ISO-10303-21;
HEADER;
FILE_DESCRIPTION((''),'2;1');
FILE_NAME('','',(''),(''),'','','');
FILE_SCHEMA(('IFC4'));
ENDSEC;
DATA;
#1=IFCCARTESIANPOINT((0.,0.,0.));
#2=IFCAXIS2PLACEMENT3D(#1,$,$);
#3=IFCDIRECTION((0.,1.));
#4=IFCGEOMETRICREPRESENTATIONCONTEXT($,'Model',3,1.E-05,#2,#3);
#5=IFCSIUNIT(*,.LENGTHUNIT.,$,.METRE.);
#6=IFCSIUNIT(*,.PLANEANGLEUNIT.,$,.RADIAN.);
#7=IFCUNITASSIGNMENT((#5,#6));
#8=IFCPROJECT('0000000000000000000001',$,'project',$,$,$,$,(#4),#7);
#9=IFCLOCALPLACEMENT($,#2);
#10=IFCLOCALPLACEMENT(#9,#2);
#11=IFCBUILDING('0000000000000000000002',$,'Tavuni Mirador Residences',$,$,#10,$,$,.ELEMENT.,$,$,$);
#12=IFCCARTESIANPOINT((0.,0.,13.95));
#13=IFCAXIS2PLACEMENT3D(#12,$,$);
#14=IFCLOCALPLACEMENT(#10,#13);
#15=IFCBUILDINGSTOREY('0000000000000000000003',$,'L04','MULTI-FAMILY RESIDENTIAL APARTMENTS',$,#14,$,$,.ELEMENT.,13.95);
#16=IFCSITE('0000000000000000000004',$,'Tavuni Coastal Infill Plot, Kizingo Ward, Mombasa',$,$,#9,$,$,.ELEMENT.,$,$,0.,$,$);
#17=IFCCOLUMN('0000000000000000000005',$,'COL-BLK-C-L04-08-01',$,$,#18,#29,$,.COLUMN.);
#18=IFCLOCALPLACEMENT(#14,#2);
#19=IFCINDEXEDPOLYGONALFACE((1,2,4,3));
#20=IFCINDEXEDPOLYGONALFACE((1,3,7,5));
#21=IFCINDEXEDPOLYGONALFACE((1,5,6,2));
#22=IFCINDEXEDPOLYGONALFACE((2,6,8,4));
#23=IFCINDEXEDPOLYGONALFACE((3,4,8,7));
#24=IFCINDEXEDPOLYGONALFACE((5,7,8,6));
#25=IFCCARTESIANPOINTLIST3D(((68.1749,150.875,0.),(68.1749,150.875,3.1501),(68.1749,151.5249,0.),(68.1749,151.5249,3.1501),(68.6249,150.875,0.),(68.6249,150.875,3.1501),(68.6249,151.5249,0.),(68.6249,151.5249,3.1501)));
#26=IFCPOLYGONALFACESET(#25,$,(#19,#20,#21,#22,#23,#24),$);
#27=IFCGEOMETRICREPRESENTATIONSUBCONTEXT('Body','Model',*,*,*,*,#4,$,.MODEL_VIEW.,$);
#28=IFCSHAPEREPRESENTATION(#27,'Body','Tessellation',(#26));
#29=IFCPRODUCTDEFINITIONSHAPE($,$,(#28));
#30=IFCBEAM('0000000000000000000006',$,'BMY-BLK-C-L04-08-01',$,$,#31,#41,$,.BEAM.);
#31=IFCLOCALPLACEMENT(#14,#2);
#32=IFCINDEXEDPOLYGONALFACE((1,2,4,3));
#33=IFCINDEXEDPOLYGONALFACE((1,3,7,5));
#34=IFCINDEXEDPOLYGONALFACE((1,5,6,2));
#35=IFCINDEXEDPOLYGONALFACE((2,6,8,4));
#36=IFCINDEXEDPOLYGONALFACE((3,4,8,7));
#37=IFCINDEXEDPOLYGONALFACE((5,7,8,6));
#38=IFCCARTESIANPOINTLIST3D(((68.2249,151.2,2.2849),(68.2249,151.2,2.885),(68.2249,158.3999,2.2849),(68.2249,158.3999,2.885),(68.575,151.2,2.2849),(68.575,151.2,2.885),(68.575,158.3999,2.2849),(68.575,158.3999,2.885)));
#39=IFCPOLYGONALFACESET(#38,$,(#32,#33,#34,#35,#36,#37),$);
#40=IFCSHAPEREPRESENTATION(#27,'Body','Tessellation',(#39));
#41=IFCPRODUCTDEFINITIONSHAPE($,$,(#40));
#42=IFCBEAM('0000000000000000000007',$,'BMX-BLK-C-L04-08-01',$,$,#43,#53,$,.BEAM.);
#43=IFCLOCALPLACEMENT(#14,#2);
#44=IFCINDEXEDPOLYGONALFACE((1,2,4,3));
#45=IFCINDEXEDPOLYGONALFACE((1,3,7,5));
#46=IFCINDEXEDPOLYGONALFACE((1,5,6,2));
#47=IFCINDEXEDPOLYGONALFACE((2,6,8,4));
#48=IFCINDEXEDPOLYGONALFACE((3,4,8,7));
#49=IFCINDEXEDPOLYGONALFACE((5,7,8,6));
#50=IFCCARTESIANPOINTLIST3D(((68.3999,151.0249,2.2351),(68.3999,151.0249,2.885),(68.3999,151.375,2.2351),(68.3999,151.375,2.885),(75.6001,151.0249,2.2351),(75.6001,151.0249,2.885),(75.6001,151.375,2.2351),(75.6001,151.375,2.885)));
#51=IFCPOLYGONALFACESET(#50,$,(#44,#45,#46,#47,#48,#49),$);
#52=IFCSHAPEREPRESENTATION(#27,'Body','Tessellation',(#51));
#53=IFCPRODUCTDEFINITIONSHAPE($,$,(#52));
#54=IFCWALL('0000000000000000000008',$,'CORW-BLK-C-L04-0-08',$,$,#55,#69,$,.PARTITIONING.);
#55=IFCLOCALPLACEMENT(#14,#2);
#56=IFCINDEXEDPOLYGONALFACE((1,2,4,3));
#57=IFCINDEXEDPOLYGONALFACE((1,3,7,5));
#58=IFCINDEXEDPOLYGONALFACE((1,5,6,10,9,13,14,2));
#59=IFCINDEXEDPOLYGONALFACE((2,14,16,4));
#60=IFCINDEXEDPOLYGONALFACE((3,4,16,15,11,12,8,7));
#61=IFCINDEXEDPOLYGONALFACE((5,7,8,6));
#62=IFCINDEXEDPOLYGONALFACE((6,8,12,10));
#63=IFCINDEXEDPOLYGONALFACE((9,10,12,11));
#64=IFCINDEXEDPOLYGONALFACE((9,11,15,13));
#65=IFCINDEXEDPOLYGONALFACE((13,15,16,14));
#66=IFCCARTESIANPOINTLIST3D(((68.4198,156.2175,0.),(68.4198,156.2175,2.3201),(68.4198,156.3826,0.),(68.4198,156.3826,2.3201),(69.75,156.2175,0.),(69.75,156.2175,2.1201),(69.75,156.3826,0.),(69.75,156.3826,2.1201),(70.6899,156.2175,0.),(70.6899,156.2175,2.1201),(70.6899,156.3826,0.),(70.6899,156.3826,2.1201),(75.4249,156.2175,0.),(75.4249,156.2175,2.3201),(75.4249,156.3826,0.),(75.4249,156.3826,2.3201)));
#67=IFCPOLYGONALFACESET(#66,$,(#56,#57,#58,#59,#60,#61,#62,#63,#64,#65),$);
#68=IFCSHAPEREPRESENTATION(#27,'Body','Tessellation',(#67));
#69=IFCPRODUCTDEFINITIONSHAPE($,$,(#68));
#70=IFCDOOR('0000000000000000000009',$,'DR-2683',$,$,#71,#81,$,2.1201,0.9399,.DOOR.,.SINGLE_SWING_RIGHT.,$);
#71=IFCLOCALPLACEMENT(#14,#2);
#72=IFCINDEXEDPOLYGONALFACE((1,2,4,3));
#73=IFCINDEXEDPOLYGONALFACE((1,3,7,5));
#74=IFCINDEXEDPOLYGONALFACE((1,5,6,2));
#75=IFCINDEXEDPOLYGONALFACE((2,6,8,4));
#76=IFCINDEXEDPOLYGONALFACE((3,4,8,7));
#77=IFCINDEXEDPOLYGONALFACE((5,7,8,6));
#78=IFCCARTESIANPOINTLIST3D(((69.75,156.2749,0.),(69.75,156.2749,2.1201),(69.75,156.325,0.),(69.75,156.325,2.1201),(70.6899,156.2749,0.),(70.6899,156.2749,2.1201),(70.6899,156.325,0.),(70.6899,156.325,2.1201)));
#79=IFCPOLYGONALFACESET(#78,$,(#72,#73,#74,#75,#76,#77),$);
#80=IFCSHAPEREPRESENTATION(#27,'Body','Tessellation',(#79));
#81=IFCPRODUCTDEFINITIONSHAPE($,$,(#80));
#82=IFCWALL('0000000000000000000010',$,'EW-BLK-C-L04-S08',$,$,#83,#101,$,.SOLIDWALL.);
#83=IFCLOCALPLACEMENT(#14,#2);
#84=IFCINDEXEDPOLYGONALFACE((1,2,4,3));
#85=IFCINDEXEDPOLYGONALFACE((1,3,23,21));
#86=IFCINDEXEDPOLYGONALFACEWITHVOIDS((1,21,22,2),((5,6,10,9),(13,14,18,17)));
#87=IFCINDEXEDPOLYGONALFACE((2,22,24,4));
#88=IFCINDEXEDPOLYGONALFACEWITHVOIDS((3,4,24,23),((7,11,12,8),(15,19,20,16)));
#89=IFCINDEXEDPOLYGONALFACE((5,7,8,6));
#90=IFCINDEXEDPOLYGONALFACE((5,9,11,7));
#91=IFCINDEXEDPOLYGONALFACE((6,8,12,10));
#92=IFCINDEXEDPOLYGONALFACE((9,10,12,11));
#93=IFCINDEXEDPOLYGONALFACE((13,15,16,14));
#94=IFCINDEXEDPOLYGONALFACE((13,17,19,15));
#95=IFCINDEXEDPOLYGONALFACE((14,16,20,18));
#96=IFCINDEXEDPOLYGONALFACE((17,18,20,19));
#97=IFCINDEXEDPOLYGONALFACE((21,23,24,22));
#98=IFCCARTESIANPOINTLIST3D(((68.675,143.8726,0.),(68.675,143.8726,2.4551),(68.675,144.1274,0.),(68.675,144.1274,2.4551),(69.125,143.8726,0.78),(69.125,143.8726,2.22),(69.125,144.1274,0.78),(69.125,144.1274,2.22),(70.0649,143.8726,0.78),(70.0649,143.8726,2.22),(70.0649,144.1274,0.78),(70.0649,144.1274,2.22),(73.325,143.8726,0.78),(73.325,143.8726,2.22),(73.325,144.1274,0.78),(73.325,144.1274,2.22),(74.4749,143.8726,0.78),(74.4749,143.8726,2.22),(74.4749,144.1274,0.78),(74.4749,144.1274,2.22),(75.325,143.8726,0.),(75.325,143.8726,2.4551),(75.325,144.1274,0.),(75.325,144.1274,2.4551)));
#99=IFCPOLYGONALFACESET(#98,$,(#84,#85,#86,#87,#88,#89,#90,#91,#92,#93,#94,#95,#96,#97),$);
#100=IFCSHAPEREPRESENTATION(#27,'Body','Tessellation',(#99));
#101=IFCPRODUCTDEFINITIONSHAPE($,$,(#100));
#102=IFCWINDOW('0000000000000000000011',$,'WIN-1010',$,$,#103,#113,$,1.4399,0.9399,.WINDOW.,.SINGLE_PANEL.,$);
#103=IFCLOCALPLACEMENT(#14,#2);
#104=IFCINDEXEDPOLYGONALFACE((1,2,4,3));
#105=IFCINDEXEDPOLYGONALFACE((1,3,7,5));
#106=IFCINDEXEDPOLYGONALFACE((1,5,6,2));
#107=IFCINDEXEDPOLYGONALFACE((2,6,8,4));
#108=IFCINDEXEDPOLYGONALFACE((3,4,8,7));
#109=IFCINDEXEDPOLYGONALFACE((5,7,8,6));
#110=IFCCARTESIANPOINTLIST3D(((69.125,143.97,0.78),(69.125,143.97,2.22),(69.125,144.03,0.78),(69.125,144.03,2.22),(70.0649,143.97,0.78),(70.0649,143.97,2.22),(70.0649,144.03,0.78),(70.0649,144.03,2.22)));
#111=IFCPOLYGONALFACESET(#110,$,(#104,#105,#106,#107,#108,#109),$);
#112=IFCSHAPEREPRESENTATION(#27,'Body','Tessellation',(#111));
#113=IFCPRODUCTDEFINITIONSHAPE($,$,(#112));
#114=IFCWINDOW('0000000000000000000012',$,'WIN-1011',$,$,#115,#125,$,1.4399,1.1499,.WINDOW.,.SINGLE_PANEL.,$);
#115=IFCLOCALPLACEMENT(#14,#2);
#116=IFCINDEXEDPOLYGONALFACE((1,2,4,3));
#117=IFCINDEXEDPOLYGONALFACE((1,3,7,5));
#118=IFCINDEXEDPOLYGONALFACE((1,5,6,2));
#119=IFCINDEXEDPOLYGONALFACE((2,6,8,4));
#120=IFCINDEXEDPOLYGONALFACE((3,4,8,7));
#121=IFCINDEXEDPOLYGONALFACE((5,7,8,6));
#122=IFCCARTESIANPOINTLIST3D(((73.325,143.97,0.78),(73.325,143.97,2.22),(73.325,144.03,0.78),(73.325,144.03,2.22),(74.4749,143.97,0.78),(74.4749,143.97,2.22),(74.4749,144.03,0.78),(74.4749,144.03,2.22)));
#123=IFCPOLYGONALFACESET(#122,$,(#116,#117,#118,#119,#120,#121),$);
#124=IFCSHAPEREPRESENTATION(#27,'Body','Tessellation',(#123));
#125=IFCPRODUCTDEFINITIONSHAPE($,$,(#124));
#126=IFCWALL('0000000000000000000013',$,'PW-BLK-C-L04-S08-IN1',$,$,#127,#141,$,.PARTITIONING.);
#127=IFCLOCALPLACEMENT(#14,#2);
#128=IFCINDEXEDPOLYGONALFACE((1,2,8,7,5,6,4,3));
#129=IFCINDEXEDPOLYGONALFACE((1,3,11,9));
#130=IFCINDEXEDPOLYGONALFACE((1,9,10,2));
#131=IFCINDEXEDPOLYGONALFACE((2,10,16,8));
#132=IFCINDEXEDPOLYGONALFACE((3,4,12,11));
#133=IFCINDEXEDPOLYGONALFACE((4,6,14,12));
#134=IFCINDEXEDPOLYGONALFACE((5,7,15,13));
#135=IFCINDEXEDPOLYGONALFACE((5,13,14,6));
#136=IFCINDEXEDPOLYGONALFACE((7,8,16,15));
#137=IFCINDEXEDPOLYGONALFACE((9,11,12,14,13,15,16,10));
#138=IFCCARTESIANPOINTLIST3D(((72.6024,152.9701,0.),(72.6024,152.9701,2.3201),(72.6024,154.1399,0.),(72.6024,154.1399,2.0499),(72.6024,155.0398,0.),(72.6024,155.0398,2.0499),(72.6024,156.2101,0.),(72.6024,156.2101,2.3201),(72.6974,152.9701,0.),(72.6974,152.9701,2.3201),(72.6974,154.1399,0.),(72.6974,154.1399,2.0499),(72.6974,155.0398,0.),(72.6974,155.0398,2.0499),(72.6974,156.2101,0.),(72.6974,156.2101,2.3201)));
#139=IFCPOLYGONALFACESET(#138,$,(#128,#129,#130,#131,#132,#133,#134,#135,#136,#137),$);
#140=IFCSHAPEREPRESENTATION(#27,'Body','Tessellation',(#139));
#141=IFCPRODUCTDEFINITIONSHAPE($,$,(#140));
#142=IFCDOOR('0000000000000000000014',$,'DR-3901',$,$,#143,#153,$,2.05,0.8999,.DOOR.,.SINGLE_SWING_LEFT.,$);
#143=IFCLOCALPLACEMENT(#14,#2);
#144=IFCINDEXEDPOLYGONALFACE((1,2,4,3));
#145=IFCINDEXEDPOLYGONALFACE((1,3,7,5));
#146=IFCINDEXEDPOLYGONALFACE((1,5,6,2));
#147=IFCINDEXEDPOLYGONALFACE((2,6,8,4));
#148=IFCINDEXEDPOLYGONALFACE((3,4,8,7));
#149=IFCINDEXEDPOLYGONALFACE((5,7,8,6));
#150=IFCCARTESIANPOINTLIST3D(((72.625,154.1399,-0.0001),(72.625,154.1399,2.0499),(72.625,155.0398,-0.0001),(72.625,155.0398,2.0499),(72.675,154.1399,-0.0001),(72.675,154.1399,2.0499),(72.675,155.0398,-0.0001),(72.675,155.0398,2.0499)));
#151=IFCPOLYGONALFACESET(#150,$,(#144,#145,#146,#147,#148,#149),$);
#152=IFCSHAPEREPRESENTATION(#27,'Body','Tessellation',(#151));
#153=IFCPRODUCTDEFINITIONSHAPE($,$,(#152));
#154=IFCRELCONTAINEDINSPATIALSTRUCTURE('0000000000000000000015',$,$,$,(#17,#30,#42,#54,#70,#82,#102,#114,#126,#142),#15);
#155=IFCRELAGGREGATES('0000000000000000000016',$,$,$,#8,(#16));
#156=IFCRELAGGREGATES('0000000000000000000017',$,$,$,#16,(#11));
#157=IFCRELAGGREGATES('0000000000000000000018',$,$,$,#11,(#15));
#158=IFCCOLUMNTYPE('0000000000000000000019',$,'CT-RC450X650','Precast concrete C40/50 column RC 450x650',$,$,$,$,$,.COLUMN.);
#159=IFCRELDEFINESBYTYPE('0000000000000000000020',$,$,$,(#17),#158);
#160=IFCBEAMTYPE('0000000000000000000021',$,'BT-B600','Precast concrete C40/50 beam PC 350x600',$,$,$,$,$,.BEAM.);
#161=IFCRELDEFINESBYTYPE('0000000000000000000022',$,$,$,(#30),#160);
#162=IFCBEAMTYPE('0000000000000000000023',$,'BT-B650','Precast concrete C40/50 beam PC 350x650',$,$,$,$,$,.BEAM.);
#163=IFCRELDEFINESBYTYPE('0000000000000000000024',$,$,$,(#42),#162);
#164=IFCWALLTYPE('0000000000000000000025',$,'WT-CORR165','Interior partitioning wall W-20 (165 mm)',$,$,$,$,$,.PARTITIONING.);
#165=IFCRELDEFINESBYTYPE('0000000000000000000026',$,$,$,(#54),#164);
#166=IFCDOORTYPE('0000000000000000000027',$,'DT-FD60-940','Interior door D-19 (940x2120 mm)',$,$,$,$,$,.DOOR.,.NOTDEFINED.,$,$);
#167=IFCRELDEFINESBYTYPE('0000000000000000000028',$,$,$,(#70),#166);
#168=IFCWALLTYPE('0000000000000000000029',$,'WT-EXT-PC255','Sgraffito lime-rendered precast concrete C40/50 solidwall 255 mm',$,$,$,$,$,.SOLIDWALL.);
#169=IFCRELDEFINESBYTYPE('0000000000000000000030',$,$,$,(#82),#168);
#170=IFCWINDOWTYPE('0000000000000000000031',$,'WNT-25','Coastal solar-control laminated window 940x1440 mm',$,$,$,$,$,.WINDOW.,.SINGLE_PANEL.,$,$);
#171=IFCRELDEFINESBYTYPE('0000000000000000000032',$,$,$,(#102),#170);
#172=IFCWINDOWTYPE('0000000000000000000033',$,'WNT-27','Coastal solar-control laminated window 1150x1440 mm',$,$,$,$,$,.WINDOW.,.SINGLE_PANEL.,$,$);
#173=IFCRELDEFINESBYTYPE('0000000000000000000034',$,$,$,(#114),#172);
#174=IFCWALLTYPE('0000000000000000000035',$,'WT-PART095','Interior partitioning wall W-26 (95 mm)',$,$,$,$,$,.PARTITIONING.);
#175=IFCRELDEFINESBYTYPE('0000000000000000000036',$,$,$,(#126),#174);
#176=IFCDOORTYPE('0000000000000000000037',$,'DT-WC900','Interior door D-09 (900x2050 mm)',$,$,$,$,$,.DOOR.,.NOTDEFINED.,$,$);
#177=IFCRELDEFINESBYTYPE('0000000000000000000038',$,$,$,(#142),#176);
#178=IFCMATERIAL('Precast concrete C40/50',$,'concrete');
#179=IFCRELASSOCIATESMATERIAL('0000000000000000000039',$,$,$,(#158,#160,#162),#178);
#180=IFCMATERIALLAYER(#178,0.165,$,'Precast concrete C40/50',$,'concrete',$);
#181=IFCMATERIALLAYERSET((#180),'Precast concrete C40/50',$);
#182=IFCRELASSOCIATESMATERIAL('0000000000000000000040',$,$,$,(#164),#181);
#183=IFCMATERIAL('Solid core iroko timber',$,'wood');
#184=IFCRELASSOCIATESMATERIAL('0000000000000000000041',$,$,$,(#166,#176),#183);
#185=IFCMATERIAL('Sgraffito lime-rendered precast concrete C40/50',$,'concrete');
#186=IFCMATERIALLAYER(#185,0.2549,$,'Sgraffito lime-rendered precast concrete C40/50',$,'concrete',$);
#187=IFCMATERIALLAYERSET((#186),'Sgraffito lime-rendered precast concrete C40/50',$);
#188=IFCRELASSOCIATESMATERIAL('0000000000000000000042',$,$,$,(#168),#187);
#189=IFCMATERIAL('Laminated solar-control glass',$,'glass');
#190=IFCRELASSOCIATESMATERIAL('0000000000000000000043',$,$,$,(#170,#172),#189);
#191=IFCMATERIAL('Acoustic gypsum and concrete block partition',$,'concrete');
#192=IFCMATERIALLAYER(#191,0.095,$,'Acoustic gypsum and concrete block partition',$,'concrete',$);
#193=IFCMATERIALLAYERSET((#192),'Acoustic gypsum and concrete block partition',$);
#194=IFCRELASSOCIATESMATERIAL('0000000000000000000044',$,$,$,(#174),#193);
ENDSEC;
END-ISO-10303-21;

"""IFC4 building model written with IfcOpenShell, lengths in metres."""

from ifc_helpers import new_model, si_unit, direction, frame, frame_2d, origin, origin_2d, place, context, subcontext, project, spatial, rectangle, extrude, material, layer, layer_set, material_profile, profile_set, type_object, element, fill, save


model = new_model("IFC4")

# Units and contexts
model_context = context("Model", 3, precision=1e-05, world=origin(), true_north=direction((0.0, 1.0)))
body_context = subcontext(model_context, "Body", "Model", "MODEL_VIEW")
ifc_project = project(units=[si_unit("LENGTHUNIT", "METRE"), si_unit("PLANEANGLEUNIT", "RADIAN")], contexts=[model_context])

# Site, building, storey
site_placement = place(None, origin())
site = spatial("IfcSite", under=ifc_project, at=site_placement, Name="Tavuni Coastal Infill Plot, Kizingo Ward, Mombasa", CompositionType="ELEMENT", RefElevation=0.0)
building_placement = place(site_placement, origin())
building = spatial("IfcBuilding", under=site, at=building_placement, Name="Tavuni Mirador Residences", CompositionType="ELEMENT")
storey_placement = place(building_placement, frame((0.0, 0.0, 13.95)))
storey = spatial("IfcBuildingStorey", under=building, at=storey_placement, Name="L04", Description="MULTI-FAMILY RESIDENTIAL APARTMENTS", CompositionType="ELEMENT", Elevation=13.95)

# Column
ifc_material_1 = material(Name="Precast concrete C40/50", Category="concrete")
ifc_material_profile_1 = material_profile(ifc_material_1, rectangle(XDim=0.45, YDim=0.6499, at=origin_2d()), Name="RC 450x650", Category="concrete")
ifc_profile_set_1 = profile_set([ifc_material_profile_1], Name="Precast concrete C40/50")
column_type = type_object("IfcColumnType", Name="CT-RC450X650", Description="Precast concrete C40/50 column RC 450x650", PredefinedType="COLUMN", material=ifc_profile_set_1)
column_placement = place(storey_placement, frame((68.3999, 151.2, 0.0), z_axis=(0.0, 0.0, 1.0), x_axis=(1.0, 0.0, 0.0)))
element("IfcColumn", 1, at=column_placement, inside=storey, type_object=column_type, Name="COL-BLK-C-L04-08-01", PredefinedType="COLUMN", context=body_context, shape_type="SweptSolid", body=[
    extrude(rectangle(XDim=0.45, YDim=0.6499, at=origin_2d()), origin(), (0.0, 0.0, 1.0), 3.1501),
])

# Beams
ifc_material_profile_2 = material_profile(ifc_material_1, rectangle(XDim=0.3501, YDim=0.6001, at=origin_2d()), Name="PC 350x600", Category="concrete")
ifc_profile_set_2 = profile_set([ifc_material_profile_2], Name="Precast concrete C40/50")
beam_type_1 = type_object("IfcBeamType", Name="BT-B600", Description="Precast concrete C40/50 beam PC 350x600", PredefinedType="BEAM", material=ifc_profile_set_2)
beam_1_placement = place(storey_placement, frame((68.3999, 151.2, 2.585), z_axis=(0.0, 1.0, 0.0), x_axis=(-1.0, 0.0, 0.0)))
element("IfcBeam", 2, at=beam_1_placement, inside=storey, type_object=beam_type_1, Name="BMY-BLK-C-L04-08-01", PredefinedType="BEAM", context=body_context, shape_type="SweptSolid", body=[
    extrude(rectangle(XDim=0.3501, YDim=0.6001, at=origin_2d()), origin(), (0.0, 0.0, 1.0), 7.2),
])
ifc_material_profile_3 = material_profile(ifc_material_1, rectangle(XDim=0.3501, YDim=0.6499, at=origin_2d()), Name="PC 350x650", Category="concrete")
ifc_profile_set_3 = profile_set([ifc_material_profile_3], Name="Precast concrete C40/50")
beam_type_2 = type_object("IfcBeamType", Name="BT-B650", Description="Precast concrete C40/50 beam PC 350x650", PredefinedType="BEAM", material=ifc_profile_set_3)
beam_2_placement = place(storey_placement, frame((68.3999, 151.2, 2.5601), z_axis=(1.0, 0.0, 0.0), x_axis=(0.0, 1.0, 0.0)))
element("IfcBeam", 3, at=beam_2_placement, inside=storey, type_object=beam_type_2, Name="BMX-BLK-C-L04-08-01", PredefinedType="BEAM", context=body_context, shape_type="SweptSolid", body=[
    extrude(rectangle(XDim=0.3501, YDim=0.6499, at=origin_2d()), origin(), (0.0, 0.0, 1.0), 7.2002),
])

# Wall, opening, door
ifc_layer_1 = layer(ifc_material_1, 0.165, Name="Precast concrete C40/50", Category="concrete")
ifc_layer_set_1 = layer_set([ifc_layer_1], Name="Precast concrete C40/50")
wall_type_1 = type_object("IfcWallType", Name="WT-CORR165", Description="Interior partitioning wall W-20 (165 mm)", PredefinedType="PARTITIONING", material=ifc_layer_set_1)
wall_1_placement = place(storey_placement, frame((68.4199, 156.3, 0.0), z_axis=(0.0, 0.0, 1.0), x_axis=(1.0, 0.0, 0.0)))
wall_1 = element("IfcWall", 4, at=wall_1_placement, inside=storey, type_object=wall_type_1, Name="CORW-BLK-C-L04-0-08", PredefinedType="PARTITIONING", context=body_context, shape_type="SweptSolid", body=[
    extrude(rectangle(XDim=7.0051, YDim=0.165, at=frame_2d((3.5024, 0.0))), origin(), (0.0, 0.0, 1.0), 2.3201),
])
opening_1_placement = place(wall_1_placement, frame((1.3301, 0.0, 0.0)))
opening_1 = element("IfcOpeningElement", 5, at=opening_1_placement, cuts=wall_1, PredefinedType="OPENING", context=body_context, shape_type="SweptSolid", body=[
    extrude(rectangle(XDim=0.9399, YDim=2.1201, at=frame_2d((0.47, 1.0601))), frame((0.0, 0.0925, 0.0), z_axis=(0.0, -1.0, 0.0), x_axis=(1.0, 0.0, 0.0)), (0.0, 0.0, 1.0), 0.1851),
])
ifc_material_2 = material(Name="Solid core iroko timber", Category="wood")
door_type_1 = type_object("IfcDoorType", Name="DT-FD60-940", Description="Interior door D-19 (940x2120 mm)", OperationType="NOTDEFINED", PredefinedType="DOOR", material=ifc_material_2)
door_1_placement = place(opening_1_placement, origin())
door_1 = element("IfcDoor", 6, at=door_1_placement, inside=storey, type_object=door_type_1, Name="DR-2683", OperationType="SINGLE_SWING_RIGHT", OverallHeight=2.1201, OverallWidth=0.9399, PredefinedType="DOOR", context=body_context, shape_type="SweptSolid", body=[
    extrude(rectangle(XDim=0.9399, YDim=2.1201, at=frame_2d((0.47, 1.0601))), frame((0.0, 0.0249, 0.0), z_axis=(0.0, -1.0, 0.0), x_axis=(1.0, 0.0, 0.0)), (0.0, 0.0, 1.0), 0.05),
])
fill(opening_1, door_1)

# Wall, openings, windows
ifc_material_3 = material(Name="Sgraffito lime-rendered precast concrete C40/50", Category="concrete")
ifc_layer_2 = layer(ifc_material_3, 0.2549, Name="Sgraffito lime-rendered precast concrete C40/50", Category="concrete")
ifc_layer_set_2 = layer_set([ifc_layer_2], Name="Sgraffito lime-rendered precast concrete C40/50")
wall_type_2 = type_object("IfcWallType", Name="WT-EXT-PC255", Description="Sgraffito lime-rendered precast concrete C40/50 solidwall 255 mm", PredefinedType="SOLIDWALL", material=ifc_layer_set_2)
wall_2_placement = place(storey_placement, frame((68.675, 144.0, 0.0), z_axis=(0.0, 0.0, 1.0), x_axis=(1.0, 0.0, 0.0)))
wall_2 = element("IfcWall", 7, at=wall_2_placement, inside=storey, type_object=wall_type_2, Name="EW-BLK-C-L04-S08", PredefinedType="SOLIDWALL", context=body_context, shape_type="SweptSolid", body=[
    extrude(rectangle(XDim=6.6499, YDim=0.2549, at=frame_2d((3.325, 0.0))), origin(), (0.0, 0.0, 1.0), 2.4551),
])
opening_2_placement = place(wall_2_placement, frame((0.45, 0.0, 0.78)))
opening_2 = element("IfcOpeningElement", 8, at=opening_2_placement, cuts=wall_2, PredefinedType="OPENING", context=body_context, shape_type="SweptSolid", body=[
    extrude(rectangle(XDim=0.9399, YDim=1.4399, at=frame_2d((0.47, 0.72))), frame((0.0, 0.1375, 0.0), z_axis=(0.0, -1.0, 0.0), x_axis=(1.0, 0.0, 0.0)), (0.0, 0.0, 1.0), 0.2749),
])
opening_3_placement = place(wall_2_placement, frame((4.6499, 0.0, 0.78)))
opening_3 = element("IfcOpeningElement", 9, at=opening_3_placement, cuts=wall_2, PredefinedType="OPENING", context=body_context, shape_type="SweptSolid", body=[
    extrude(rectangle(XDim=1.1499, YDim=1.4399, at=frame_2d((0.575, 0.72))), frame((0.0, 0.1375, 0.0), z_axis=(0.0, -1.0, 0.0), x_axis=(1.0, 0.0, 0.0)), (0.0, 0.0, 1.0), 0.2749),
])
ifc_material_4 = material(Name="Laminated solar-control glass", Category="glass")
window_type_1 = type_object("IfcWindowType", Name="WNT-25", Description="Coastal solar-control laminated window 940x1440 mm", PartitioningType="SINGLE_PANEL", PredefinedType="WINDOW", material=ifc_material_4)
window_1_placement = place(opening_2_placement, origin())
window_1 = element("IfcWindow", 10, at=window_1_placement, inside=storey, type_object=window_type_1, Name="WIN-1010", OverallHeight=1.4399, OverallWidth=0.9399, PartitioningType="SINGLE_PANEL", PredefinedType="WINDOW", context=body_context, shape_type="SweptSolid", body=[
    extrude(rectangle(XDim=0.9399, YDim=1.4399, at=frame_2d((0.47, 0.72))), frame((0.0, 0.03, 0.0), z_axis=(0.0, -1.0, 0.0), x_axis=(1.0, 0.0, 0.0)), (0.0, 0.0, 1.0), 0.0601),
])
fill(opening_2, window_1)
window_type_2 = type_object("IfcWindowType", Name="WNT-27", Description="Coastal solar-control laminated window 1150x1440 mm", PartitioningType="SINGLE_PANEL", PredefinedType="WINDOW", material=ifc_material_4)
window_2_placement = place(opening_3_placement, origin())
window_2 = element("IfcWindow", 11, at=window_2_placement, inside=storey, type_object=window_type_2, Name="WIN-1011", OverallHeight=1.4399, OverallWidth=1.1499, PartitioningType="SINGLE_PANEL", PredefinedType="WINDOW", context=body_context, shape_type="SweptSolid", body=[
    extrude(rectangle(XDim=1.1499, YDim=1.4399, at=frame_2d((0.575, 0.72))), frame((0.0, 0.03, 0.0), z_axis=(0.0, -1.0, 0.0), x_axis=(1.0, 0.0, 0.0)), (0.0, 0.0, 1.0), 0.0601),
])
fill(opening_3, window_2)

# Wall, opening, door
ifc_material_5 = material(Name="Acoustic gypsum and concrete block partition", Category="concrete")
ifc_layer_3 = layer(ifc_material_5, 0.095, Name="Acoustic gypsum and concrete block partition", Category="concrete")
ifc_layer_set_3 = layer_set([ifc_layer_3], Name="Acoustic gypsum and concrete block partition")
wall_type_3 = type_object("IfcWallType", Name="WT-PART095", Description="Interior partitioning wall W-26 (95 mm)", PredefinedType="PARTITIONING", material=ifc_layer_set_3)
wall_3_placement = place(storey_placement, frame((72.6499, 152.97, 0.0), z_axis=(0.0, 0.0, 1.0), x_axis=(0.0, 1.0, 0.0)))
wall_3 = element("IfcWall", 12, at=wall_3_placement, inside=storey, type_object=wall_type_3, Name="PW-BLK-C-L04-S08-IN1", PredefinedType="PARTITIONING", context=body_context, shape_type="SweptSolid", body=[
    extrude(rectangle(XDim=3.24, YDim=0.095, at=frame_2d((1.6201, 0.0))), origin(), (0.0, 0.0, 1.0), 2.3201),
])
opening_4_placement = place(wall_3_placement, frame((1.1699, 0.0, 0.0)))
opening_4 = element("IfcOpeningElement", 13, at=opening_4_placement, cuts=wall_3, PredefinedType="OPENING", context=body_context, shape_type="SweptSolid", body=[
    extrude(rectangle(XDim=0.8999, YDim=2.05, at=frame_2d((0.45, 1.0249))), frame((0.0, 0.0576, 0.0), z_axis=(0.0, -1.0, 0.0), x_axis=(1.0, 0.0, 0.0)), (0.0, 0.0, 1.0), 0.115),
])
door_type_2 = type_object("IfcDoorType", Name="DT-WC900", Description="Interior door D-09 (900x2050 mm)", OperationType="NOTDEFINED", PredefinedType="DOOR", material=ifc_material_2)
door_2_placement = place(opening_4_placement, origin())
door_2 = element("IfcDoor", 14, at=door_2_placement, inside=storey, type_object=door_type_2, Name="DR-3901", OperationType="SINGLE_SWING_LEFT", OverallHeight=2.05, OverallWidth=0.8999, PredefinedType="DOOR", context=body_context, shape_type="SweptSolid", body=[
    extrude(rectangle(XDim=0.8999, YDim=2.05, at=frame_2d((0.45, 1.0249))), frame((0.0, 0.0249, 0.0), z_axis=(0.0, -1.0, 0.0), x_axis=(1.0, 0.0, 0.0)), (0.0, 0.0, 1.0), 0.05),
])
fill(opening_4, door_2)

save(model, "model.ifc")
